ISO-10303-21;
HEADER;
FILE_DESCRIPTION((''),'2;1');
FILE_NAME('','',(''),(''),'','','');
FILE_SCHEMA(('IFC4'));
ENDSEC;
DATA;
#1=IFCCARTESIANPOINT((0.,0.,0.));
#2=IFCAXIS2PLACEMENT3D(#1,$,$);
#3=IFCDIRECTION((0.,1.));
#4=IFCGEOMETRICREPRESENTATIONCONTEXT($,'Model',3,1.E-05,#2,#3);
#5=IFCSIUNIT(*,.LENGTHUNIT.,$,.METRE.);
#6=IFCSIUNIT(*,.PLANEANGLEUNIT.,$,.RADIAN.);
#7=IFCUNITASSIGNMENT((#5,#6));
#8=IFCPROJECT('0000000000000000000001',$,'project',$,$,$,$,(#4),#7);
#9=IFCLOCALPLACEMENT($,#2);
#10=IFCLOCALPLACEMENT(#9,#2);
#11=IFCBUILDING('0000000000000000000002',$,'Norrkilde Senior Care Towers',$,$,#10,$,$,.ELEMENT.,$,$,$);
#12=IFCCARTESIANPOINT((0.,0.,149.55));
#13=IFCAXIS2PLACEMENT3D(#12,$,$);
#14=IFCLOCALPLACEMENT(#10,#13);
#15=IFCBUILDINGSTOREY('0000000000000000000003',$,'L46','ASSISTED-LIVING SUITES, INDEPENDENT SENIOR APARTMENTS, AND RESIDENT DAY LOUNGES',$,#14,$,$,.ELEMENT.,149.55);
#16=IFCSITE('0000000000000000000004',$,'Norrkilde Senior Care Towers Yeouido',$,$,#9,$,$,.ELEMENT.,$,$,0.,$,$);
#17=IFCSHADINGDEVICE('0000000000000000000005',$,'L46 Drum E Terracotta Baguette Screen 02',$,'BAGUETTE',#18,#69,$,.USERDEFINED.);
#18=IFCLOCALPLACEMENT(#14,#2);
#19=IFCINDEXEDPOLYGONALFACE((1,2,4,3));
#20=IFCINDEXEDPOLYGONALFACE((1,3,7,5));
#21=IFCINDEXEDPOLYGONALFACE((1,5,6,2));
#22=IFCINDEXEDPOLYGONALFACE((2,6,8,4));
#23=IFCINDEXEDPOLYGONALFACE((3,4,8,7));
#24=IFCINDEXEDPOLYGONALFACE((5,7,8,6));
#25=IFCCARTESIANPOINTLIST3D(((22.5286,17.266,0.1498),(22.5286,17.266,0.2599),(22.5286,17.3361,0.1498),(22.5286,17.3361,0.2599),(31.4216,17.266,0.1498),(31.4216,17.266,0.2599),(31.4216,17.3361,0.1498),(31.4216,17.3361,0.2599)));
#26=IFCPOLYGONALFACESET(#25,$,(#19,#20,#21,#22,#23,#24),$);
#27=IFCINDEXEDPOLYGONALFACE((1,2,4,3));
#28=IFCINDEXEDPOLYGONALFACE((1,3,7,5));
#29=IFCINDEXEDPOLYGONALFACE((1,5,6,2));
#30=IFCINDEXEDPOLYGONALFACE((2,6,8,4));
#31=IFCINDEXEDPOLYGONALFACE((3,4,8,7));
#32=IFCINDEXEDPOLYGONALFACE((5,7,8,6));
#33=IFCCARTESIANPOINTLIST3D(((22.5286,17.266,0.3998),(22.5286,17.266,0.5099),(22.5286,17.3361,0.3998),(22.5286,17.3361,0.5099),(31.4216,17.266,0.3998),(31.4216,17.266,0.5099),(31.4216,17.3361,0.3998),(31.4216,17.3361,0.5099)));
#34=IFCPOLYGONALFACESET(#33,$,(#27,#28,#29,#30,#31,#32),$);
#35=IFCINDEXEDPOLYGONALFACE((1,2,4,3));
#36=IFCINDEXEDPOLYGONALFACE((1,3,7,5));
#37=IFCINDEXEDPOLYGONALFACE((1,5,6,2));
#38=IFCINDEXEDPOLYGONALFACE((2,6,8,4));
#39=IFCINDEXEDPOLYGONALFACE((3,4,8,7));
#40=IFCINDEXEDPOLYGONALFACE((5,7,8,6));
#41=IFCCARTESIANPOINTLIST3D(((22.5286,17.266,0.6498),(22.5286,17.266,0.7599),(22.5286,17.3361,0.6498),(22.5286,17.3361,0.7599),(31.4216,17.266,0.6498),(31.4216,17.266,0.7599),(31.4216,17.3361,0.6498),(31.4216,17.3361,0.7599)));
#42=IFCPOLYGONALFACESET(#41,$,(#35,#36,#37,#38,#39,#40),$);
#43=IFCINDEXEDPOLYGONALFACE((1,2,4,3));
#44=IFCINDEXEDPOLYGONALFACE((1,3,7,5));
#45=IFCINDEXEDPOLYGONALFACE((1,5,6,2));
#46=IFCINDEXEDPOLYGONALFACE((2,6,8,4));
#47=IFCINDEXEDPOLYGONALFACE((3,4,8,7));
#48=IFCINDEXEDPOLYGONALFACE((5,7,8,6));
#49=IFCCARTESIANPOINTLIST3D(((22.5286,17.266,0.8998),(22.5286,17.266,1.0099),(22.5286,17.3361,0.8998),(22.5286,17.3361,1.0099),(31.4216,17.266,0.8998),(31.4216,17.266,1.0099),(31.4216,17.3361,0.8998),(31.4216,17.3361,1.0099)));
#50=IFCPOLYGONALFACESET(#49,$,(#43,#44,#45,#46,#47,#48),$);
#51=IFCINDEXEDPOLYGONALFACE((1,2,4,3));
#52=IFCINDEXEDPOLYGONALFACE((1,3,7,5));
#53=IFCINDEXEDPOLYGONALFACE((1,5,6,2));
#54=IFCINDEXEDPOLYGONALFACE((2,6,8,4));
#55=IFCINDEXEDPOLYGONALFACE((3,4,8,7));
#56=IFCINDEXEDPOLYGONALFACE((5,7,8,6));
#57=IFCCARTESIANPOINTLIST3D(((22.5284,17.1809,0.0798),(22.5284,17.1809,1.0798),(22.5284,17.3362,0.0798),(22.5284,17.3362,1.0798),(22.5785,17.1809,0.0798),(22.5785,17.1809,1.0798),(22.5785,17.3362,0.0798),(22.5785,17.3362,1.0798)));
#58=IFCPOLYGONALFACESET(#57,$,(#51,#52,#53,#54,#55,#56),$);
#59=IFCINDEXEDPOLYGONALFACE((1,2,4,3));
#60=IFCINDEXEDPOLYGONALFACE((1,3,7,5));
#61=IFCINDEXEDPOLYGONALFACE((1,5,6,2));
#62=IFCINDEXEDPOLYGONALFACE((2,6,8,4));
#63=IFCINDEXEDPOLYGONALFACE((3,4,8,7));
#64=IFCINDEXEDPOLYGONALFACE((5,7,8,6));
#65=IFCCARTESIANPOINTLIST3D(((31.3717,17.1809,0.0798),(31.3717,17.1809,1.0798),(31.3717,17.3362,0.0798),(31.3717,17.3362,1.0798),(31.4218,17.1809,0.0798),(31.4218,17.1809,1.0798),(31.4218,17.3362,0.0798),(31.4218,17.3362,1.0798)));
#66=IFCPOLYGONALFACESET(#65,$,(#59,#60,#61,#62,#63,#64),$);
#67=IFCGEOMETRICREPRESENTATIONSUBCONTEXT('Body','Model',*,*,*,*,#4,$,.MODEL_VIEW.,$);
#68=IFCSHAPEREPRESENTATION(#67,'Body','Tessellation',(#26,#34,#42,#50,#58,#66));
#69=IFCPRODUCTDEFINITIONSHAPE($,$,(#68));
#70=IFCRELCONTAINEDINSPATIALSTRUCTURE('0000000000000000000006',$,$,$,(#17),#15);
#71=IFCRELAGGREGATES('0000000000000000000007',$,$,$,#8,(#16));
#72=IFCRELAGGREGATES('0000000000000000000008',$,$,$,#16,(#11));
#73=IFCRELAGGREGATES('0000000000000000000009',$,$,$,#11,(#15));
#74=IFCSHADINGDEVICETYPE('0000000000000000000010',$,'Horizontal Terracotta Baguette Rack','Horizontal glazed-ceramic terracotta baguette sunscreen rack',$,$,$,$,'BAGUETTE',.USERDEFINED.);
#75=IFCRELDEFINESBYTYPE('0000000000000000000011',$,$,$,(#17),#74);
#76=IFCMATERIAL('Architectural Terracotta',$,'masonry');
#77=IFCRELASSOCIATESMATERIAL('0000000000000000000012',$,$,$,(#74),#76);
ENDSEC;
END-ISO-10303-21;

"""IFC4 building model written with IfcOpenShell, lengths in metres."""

from ifc_helpers import new_model, si_unit, direction, frame, origin, origin_2d, place, context, subcontext, project, spatial, rectangle, extrude, source, transform, mapped, material, type_object, type_shapes, element, save


model = new_model("IFC4")

# Units and contexts
model_context = context("Model", 3, precision=1e-05, world=origin(), true_north=direction((0.0, 1.0)))
body_context = subcontext(model_context, "Body", "Model", "MODEL_VIEW")
ifc_project = project(units=[si_unit("LENGTHUNIT", "METRE"), si_unit("PLANEANGLEUNIT", "RADIAN")], contexts=[model_context])

# Site, building, storey
site_placement = place(None, origin())
site = spatial("IfcSite", under=ifc_project, at=site_placement, Name="Norrkilde Senior Care Towers Yeouido", CompositionType="ELEMENT", RefElevation=0.0)
building_placement = place(site_placement, origin())
building = spatial("IfcBuilding", under=site, at=building_placement, Name="Norrkilde Senior Care Towers", CompositionType="ELEMENT")
storey_placement = place(building_placement, frame((0.0, 0.0, 149.55)))
storey = spatial("IfcBuildingStorey", under=building, at=storey_placement, Name="L46", Description="ASSISTED-LIVING SUITES, INDEPENDENT SENIOR APARTMENTS, AND RESIDENT DAY LOUNGES", CompositionType="ELEMENT", Elevation=149.55)

# Shading device
ifc_material_1 = material(Name="Architectural Terracotta", Category="masonry")
shading_device_type = type_object("IfcShadingDeviceType", Name="Horizontal Terracotta Baguette Rack", Description="Horizontal glazed-ceramic terracotta baguette sunscreen rack", ElementType="BAGUETTE", PredefinedType="USERDEFINED", material=ifc_material_1)
shared_shape_1 = source(origin(), body_context, "Body", "SweptSolid", [
    extrude(rectangle(XDim=0.0701, YDim=0.1101, at=origin_2d()), frame((0.0, 0.0901, 0.125), z_axis=(1.0, 0.0, 0.0), x_axis=(0.0, 1.0, 0.0)), (0.0, 0.0, 1.0), 8.8931),
    extrude(rectangle(XDim=0.0701, YDim=0.1101, at=origin_2d()), frame((0.0, 0.0901, 0.375), z_axis=(1.0, 0.0, 0.0), x_axis=(0.0, 1.0, 0.0)), (0.0, 0.0, 1.0), 8.8931),
    extrude(rectangle(XDim=0.0701, YDim=0.1101, at=origin_2d()), frame((0.0, 0.0901, 0.625), z_axis=(1.0, 0.0, 0.0), x_axis=(0.0, 1.0, 0.0)), (0.0, 0.0, 1.0), 8.8931),
    extrude(rectangle(XDim=0.0701, YDim=0.1101, at=origin_2d()), frame((0.0, 0.0901, 0.875), z_axis=(1.0, 0.0, 0.0), x_axis=(0.0, 1.0, 0.0)), (0.0, 0.0, 1.0), 8.8931),
    extrude(rectangle(XDim=0.05, YDim=0.1553, at=origin_2d()), frame((0.0249, 0.0476, 0.0)), (0.0, 0.0, 1.0), 1.0),
    extrude(rectangle(XDim=0.05, YDim=0.1553, at=origin_2d()), frame((8.8682, 0.0476, 0.0)), (0.0, 0.0, 1.0), 1.0),
])
type_shapes(shading_device_type, [shared_shape_1])
shading_device_placement = place(storey_placement, frame((22.5286, 17.2109, 0.0798), z_axis=(0.0, 0.0, 1.0), x_axis=(1.0, 0.0, 0.0)))
element("IfcShadingDevice", 1, at=shading_device_placement, inside=storey, type_object=shading_device_type, Name="L46 Drum E Terracotta Baguette Screen 02", ObjectType="BAGUETTE", PredefinedType="USERDEFINED", context=body_context, shape_type="MappedRepresentation", body=[
    mapped(shared_shape_1, transform((0.0, 0.0, 0.0), x_axis=(1.0, 0.0, 0.0), y_axis=(0.0, 1.0, 0.0), z_axis=(0.0, 0.0, 1.0), scale=1.0)),
])

save(model, "model.ifc")
